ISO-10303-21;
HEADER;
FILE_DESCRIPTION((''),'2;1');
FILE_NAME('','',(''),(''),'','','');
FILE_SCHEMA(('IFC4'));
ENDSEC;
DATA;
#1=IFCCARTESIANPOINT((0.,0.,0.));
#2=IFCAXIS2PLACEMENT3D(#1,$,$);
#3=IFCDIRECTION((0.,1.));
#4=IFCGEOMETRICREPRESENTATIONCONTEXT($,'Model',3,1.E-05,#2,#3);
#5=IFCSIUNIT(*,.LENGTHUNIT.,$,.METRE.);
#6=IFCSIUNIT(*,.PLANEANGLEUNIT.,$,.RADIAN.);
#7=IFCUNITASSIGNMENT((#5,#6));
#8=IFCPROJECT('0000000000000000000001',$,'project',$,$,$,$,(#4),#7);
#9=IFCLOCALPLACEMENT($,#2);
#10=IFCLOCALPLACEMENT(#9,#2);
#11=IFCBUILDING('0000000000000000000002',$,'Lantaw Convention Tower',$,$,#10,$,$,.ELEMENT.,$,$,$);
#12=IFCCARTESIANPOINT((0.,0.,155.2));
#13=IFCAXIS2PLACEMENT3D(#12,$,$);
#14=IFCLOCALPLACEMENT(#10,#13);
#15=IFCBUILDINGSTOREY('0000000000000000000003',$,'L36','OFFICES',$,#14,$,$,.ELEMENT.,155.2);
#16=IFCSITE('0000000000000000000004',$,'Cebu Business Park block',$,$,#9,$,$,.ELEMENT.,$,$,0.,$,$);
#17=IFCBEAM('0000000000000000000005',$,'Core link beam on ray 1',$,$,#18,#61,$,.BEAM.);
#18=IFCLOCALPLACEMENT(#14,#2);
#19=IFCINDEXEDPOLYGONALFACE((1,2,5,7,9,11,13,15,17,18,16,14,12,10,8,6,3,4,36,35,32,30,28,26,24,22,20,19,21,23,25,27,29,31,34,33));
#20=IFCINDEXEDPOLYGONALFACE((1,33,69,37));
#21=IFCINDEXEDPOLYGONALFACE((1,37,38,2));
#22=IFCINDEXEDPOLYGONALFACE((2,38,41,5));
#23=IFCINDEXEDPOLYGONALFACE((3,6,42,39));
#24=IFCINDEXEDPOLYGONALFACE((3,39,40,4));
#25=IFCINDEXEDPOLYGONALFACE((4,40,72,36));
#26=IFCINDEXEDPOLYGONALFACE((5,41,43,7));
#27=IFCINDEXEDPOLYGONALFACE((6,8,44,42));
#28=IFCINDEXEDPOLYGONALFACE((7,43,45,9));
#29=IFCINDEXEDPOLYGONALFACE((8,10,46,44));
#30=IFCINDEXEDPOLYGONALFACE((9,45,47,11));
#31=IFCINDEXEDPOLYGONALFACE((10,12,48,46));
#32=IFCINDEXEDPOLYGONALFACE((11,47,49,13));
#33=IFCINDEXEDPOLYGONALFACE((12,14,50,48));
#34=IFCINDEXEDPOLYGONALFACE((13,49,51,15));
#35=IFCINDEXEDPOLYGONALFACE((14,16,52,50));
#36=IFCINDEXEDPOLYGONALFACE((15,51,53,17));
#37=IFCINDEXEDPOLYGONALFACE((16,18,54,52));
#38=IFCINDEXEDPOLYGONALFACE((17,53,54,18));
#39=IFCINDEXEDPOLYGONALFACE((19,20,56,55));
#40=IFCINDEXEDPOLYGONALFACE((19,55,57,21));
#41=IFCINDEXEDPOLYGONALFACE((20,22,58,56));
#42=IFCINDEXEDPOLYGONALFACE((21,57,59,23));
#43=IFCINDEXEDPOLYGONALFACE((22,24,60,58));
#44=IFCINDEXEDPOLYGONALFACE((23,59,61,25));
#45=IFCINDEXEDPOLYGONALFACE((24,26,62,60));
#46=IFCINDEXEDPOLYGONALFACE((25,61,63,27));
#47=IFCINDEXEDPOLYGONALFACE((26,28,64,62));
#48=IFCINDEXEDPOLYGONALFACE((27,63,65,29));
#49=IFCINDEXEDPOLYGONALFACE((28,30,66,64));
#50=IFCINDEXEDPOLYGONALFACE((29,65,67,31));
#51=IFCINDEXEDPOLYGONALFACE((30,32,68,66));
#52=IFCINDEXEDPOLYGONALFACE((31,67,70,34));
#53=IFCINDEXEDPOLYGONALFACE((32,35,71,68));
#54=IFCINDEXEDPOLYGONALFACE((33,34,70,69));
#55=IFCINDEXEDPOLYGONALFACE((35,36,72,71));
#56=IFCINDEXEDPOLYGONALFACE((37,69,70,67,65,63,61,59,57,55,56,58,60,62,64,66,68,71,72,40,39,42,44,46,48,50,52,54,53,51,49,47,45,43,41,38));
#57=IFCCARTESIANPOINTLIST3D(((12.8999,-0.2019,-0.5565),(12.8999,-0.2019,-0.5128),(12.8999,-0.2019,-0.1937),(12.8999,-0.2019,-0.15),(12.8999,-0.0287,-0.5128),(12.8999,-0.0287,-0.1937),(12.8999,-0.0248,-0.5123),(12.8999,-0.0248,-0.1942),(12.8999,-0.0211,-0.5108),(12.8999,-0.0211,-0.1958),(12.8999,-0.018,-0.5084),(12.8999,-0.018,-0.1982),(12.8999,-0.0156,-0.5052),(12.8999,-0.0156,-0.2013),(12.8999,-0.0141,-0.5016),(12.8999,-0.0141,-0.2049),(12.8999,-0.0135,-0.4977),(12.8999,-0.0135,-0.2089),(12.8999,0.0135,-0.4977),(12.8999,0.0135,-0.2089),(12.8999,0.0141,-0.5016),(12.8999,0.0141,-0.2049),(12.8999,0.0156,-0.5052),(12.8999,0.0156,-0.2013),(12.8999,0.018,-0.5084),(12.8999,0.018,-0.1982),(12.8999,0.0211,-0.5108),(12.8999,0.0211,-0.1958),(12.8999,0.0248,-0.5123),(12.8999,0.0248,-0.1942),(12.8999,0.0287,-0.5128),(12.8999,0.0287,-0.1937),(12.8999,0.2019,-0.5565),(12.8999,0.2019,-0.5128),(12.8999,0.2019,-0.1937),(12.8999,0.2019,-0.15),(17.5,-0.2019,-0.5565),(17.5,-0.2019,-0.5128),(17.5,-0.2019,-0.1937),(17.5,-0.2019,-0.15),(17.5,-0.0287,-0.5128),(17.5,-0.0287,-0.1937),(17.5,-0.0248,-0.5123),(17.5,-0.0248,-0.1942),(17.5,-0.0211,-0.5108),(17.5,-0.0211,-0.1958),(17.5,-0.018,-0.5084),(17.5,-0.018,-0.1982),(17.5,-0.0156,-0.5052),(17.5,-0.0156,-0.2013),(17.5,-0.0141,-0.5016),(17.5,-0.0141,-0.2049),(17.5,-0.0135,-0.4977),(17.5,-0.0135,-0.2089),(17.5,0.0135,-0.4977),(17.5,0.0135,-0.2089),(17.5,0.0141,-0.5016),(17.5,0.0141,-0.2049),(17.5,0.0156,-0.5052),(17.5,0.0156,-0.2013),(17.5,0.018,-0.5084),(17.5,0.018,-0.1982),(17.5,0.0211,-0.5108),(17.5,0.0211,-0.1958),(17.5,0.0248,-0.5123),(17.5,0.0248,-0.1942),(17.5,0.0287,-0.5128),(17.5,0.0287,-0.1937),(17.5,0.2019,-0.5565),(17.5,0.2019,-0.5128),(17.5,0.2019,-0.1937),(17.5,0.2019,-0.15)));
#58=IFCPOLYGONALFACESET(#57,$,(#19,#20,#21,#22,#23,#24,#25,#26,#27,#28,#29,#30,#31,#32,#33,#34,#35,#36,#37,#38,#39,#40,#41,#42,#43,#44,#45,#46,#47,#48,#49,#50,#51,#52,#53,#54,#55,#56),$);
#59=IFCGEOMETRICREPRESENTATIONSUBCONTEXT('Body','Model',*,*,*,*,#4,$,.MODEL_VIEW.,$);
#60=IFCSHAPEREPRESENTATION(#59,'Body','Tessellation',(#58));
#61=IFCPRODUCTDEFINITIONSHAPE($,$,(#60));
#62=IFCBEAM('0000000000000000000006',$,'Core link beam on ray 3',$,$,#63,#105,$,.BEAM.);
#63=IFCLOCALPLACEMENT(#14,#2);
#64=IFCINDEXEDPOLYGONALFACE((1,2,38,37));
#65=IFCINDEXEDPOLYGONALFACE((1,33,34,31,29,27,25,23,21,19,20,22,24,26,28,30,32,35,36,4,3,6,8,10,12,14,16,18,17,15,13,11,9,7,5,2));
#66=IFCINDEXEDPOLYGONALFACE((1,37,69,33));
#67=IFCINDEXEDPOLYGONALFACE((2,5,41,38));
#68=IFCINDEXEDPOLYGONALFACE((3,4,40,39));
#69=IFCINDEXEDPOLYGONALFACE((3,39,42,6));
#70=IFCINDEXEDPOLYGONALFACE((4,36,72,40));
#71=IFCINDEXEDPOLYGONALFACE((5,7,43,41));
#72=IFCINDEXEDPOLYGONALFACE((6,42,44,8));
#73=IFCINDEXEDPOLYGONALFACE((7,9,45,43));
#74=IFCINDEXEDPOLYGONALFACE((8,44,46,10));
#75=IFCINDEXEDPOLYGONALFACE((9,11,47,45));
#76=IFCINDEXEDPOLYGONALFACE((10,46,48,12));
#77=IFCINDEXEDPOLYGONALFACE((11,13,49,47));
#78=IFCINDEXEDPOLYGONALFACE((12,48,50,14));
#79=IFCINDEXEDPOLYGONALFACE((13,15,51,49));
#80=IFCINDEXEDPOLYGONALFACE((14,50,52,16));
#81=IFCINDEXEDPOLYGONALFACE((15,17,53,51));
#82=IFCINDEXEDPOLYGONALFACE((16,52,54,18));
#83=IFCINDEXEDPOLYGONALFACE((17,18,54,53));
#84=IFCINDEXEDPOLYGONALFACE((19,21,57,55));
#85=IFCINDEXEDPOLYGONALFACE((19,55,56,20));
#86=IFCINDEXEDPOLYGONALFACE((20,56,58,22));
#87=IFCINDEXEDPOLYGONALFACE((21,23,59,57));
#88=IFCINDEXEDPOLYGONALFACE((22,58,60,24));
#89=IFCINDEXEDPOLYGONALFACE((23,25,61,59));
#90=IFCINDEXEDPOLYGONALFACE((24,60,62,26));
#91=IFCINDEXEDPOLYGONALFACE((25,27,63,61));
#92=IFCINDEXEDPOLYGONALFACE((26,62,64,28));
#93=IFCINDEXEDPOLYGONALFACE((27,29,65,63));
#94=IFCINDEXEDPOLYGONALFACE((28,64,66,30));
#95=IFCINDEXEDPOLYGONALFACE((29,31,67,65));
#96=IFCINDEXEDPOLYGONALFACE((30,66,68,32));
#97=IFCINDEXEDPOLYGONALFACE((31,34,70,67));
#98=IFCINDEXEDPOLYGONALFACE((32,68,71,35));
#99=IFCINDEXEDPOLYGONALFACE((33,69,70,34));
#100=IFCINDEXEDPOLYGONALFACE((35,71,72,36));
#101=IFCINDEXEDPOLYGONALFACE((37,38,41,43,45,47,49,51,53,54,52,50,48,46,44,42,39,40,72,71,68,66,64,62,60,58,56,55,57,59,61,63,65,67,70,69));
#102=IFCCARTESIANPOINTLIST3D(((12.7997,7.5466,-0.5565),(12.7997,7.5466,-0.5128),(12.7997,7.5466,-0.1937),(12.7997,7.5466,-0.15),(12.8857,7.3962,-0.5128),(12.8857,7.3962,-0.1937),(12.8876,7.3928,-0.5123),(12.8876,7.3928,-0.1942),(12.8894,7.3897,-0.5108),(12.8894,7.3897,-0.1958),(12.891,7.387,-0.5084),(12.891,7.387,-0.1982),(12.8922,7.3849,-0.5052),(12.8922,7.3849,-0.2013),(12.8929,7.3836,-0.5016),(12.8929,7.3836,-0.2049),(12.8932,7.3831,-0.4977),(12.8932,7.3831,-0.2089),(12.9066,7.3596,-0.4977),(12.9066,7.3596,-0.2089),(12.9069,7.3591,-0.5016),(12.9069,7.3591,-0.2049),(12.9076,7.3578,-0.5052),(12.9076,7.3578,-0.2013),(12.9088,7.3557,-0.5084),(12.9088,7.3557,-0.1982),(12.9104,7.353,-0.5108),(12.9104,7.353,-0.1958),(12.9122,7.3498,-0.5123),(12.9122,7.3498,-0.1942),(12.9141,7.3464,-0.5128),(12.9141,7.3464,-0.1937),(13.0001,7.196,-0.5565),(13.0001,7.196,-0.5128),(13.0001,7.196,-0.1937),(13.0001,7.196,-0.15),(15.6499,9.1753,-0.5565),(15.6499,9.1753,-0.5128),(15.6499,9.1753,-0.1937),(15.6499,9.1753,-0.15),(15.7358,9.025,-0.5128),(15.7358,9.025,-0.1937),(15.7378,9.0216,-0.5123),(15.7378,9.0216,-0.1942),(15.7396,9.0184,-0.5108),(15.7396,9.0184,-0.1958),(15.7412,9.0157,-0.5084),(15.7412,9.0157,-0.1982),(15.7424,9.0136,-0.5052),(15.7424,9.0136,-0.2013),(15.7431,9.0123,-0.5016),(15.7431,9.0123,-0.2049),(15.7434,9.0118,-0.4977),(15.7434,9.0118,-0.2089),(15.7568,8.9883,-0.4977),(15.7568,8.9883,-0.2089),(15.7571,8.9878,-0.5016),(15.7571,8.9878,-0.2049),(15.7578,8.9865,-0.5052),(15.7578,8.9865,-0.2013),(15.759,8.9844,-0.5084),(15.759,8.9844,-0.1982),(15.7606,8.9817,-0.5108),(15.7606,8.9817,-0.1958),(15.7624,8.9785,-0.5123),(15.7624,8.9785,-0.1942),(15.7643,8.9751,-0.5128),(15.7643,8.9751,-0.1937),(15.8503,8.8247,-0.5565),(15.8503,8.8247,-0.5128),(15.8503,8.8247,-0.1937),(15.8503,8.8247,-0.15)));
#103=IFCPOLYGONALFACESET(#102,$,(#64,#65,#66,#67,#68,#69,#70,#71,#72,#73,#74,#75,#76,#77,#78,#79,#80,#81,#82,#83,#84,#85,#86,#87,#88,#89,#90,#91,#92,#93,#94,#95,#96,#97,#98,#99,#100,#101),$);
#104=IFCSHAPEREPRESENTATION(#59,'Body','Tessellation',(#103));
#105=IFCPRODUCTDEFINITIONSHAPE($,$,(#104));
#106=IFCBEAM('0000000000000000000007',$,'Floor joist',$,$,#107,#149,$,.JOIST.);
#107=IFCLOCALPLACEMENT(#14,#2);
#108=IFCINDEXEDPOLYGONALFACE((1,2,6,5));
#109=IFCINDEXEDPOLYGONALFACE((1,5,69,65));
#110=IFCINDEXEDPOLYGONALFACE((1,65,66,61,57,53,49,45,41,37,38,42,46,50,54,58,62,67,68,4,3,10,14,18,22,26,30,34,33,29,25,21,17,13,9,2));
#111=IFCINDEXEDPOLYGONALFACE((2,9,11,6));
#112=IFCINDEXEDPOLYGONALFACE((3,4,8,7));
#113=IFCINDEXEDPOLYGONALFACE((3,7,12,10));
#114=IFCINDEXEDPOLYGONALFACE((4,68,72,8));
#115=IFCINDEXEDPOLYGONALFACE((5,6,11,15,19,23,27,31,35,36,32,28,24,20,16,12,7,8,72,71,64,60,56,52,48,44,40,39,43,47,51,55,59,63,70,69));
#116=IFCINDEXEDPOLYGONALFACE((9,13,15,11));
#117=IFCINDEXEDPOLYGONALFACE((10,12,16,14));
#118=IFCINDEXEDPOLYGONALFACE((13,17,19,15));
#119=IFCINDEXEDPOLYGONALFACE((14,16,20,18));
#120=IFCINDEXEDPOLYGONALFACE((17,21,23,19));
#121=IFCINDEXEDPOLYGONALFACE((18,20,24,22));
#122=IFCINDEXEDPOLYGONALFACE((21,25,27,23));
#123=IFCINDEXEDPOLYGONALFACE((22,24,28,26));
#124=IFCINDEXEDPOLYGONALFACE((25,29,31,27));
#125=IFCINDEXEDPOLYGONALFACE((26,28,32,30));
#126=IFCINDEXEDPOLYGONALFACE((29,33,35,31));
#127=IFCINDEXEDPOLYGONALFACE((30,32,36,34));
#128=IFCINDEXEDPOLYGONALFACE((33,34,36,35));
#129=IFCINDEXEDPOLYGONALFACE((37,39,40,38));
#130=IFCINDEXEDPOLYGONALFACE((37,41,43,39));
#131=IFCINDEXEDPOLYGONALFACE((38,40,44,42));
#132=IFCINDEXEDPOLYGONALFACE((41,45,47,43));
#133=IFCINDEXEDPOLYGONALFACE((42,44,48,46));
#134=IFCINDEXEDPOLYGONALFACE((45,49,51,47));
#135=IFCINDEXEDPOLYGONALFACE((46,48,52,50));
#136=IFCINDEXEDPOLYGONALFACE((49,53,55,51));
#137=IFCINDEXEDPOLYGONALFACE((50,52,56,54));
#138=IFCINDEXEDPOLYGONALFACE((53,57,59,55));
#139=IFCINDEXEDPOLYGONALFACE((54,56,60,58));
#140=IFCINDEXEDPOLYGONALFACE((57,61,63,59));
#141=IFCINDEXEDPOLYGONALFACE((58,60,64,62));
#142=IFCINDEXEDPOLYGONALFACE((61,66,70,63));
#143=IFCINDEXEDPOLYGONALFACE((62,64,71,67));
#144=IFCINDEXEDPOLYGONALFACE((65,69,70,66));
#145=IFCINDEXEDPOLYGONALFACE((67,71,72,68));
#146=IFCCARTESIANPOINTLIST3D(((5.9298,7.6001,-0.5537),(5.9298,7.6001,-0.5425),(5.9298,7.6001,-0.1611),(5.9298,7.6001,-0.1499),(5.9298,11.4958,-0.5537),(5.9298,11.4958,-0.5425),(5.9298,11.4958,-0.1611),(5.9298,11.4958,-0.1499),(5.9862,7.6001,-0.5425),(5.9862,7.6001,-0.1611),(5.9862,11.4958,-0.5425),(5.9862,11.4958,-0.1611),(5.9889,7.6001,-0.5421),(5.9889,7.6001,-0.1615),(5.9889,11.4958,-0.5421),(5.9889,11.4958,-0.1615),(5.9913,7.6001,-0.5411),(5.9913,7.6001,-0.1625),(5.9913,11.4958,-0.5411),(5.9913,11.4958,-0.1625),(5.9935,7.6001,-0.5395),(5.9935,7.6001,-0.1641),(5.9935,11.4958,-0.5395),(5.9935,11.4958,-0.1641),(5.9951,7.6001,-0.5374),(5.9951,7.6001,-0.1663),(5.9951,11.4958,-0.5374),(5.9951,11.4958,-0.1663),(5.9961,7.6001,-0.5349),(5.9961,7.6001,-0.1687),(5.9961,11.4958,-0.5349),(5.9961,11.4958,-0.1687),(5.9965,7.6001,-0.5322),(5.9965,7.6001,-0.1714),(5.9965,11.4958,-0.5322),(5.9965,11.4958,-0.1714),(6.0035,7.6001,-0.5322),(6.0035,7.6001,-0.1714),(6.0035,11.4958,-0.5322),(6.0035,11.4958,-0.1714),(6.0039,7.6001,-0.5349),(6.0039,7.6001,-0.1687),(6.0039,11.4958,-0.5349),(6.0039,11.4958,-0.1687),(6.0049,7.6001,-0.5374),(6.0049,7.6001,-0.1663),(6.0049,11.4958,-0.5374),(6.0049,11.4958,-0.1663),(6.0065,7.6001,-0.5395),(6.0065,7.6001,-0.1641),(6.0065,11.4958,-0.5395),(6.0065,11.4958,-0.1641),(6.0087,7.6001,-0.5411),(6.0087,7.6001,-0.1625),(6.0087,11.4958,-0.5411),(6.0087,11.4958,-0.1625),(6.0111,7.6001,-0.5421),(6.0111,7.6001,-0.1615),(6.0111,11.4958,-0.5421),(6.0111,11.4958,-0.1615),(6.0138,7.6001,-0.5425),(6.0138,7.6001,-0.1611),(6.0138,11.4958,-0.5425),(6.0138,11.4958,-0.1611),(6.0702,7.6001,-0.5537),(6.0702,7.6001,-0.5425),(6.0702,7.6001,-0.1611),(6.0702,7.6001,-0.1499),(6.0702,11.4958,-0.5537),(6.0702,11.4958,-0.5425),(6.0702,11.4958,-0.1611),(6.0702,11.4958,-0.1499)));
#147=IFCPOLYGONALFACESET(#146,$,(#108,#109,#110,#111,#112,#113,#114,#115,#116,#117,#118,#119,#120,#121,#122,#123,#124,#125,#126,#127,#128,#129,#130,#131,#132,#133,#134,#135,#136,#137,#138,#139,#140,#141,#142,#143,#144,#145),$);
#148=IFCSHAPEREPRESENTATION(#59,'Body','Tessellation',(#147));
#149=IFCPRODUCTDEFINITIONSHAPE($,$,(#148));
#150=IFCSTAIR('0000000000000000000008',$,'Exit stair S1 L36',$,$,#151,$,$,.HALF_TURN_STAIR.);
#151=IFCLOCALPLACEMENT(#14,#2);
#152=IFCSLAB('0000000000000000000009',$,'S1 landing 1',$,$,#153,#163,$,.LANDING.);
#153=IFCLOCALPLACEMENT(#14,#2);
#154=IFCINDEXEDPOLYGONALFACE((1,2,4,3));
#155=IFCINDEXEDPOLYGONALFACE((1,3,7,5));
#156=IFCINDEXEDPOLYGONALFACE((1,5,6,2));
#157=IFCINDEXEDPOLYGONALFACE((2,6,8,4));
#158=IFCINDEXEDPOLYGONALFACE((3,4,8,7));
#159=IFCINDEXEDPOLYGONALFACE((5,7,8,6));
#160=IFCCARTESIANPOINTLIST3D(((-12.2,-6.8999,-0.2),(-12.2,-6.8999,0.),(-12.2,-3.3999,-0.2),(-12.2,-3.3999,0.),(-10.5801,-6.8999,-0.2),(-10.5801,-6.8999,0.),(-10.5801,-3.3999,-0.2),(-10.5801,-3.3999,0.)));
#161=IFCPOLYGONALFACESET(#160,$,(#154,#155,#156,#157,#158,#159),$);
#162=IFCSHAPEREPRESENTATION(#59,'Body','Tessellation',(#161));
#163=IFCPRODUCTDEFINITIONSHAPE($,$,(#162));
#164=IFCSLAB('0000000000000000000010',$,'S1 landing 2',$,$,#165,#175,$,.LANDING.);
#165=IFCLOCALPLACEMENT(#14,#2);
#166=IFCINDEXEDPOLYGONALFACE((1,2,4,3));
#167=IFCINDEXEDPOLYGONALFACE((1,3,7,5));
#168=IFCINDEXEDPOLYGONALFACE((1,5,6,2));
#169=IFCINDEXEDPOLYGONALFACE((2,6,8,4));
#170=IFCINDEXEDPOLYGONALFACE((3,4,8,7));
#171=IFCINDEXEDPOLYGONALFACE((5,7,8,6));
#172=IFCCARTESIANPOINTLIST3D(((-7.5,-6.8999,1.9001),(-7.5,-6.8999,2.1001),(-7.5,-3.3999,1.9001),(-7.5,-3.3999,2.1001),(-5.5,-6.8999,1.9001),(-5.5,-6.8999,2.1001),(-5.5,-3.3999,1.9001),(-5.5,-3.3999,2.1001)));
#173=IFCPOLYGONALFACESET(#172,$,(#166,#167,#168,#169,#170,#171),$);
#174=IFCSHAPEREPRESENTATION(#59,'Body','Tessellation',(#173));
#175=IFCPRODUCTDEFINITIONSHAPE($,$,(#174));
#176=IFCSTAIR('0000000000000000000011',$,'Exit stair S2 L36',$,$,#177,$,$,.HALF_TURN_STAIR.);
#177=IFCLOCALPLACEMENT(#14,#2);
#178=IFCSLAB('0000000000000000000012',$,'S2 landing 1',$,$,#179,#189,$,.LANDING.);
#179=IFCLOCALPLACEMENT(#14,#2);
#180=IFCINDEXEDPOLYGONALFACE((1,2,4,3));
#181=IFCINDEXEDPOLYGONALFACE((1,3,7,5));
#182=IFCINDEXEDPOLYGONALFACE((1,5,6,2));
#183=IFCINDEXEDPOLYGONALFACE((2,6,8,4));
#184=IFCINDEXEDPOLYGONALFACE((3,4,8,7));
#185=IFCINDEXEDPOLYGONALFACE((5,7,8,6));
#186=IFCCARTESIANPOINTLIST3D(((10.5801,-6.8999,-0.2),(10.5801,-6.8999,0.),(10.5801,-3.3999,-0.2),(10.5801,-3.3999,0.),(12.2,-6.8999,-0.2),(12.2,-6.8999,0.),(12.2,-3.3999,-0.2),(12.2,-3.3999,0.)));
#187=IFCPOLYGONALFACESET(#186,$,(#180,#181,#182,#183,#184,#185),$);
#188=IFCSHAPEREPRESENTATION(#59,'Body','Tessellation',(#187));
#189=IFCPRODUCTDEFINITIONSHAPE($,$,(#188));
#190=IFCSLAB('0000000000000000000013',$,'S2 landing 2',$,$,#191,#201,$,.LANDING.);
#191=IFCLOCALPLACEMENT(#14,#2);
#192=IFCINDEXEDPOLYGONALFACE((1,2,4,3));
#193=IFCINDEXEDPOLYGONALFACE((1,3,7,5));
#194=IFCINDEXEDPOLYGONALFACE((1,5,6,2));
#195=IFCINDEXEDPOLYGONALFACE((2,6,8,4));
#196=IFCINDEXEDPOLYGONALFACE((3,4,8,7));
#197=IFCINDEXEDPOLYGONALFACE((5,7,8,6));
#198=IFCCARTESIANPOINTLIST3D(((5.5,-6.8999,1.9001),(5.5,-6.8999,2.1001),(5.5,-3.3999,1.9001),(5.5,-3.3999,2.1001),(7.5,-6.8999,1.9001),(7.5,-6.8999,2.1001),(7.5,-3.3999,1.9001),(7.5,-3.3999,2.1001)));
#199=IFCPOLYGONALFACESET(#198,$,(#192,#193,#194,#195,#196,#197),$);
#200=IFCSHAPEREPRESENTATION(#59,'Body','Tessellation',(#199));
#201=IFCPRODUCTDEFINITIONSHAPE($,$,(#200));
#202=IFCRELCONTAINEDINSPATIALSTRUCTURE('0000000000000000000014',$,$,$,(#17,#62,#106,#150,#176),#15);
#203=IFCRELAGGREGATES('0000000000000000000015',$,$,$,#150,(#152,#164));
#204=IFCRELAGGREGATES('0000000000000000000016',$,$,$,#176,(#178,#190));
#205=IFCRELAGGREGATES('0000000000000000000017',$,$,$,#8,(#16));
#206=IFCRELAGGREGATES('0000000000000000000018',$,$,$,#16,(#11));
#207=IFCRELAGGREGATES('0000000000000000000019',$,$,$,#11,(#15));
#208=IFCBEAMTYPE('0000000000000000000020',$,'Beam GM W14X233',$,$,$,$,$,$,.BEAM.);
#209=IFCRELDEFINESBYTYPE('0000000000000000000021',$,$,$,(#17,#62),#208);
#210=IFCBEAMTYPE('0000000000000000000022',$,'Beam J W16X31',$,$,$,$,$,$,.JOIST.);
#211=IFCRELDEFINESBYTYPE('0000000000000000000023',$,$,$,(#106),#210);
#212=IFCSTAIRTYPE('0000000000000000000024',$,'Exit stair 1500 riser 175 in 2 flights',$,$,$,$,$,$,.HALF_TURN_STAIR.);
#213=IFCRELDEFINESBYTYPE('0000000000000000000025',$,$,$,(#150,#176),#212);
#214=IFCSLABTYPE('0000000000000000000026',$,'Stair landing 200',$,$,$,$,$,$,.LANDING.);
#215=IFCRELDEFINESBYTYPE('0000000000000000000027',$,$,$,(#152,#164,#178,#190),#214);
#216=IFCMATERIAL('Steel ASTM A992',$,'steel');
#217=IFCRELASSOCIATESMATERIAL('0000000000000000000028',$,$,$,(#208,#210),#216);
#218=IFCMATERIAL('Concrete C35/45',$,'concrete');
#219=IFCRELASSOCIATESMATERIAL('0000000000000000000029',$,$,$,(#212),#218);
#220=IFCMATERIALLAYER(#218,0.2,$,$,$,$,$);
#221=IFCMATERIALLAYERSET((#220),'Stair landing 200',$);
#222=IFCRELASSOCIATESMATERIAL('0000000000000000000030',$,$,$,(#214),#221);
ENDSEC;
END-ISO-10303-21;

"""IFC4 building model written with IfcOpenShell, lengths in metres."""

from ifc_helpers import new_model, si_unit, direction, frame, origin, origin_2d, place, context, subcontext, project, spatial, polyline, i_section, outline, extrude, material, layer, layer_set, material_profile, profile_set, type_object, element, aggregate, save


model = new_model("IFC4")

# Units and contexts
model_context = context("Model", 3, precision=1e-05, world=origin(), true_north=direction((0.0, 1.0)))
body_context = subcontext(model_context, "Body", "Model", "MODEL_VIEW")
ifc_project = project(units=[si_unit("LENGTHUNIT", "METRE"), si_unit("PLANEANGLEUNIT", "RADIAN")], contexts=[model_context])

# Site, building, storey
site_placement = place(None, origin())
site = spatial("IfcSite", under=ifc_project, at=site_placement, Name="Cebu Business Park block", CompositionType="ELEMENT", RefElevation=0.0)
building_placement = place(site_placement, origin())
building = spatial("IfcBuilding", under=site, at=building_placement, Name="Lantaw Convention Tower", CompositionType="ELEMENT")
storey_placement = place(building_placement, frame((0.0, 0.0, 155.2)))
storey = spatial("IfcBuildingStorey", under=building, at=storey_placement, Name="L36", Description="OFFICES", CompositionType="ELEMENT", Elevation=155.2)

# Beams
ifc_material_1 = material(Name="Steel ASTM A992", Category="steel")
ifc_material_profile_1 = material_profile(ifc_material_1, i_section(OverallWidth=0.4038, OverallDepth=0.4065, WebThickness=0.0271, FlangeThickness=0.0437, FilletRadius=0.0151, at=origin_2d()), Name="W14X233")
ifc_profile_set_1 = profile_set([ifc_material_profile_1], Name="Steel ASTM A992")
beam_type_1 = type_object("IfcBeamType", Name="Beam GM W14X233", PredefinedType="BEAM", material=ifc_profile_set_1)
beam_1_placement = place(storey_placement, frame((12.8999, 0.0, -0.3533), z_axis=(1.0, 0.0, 0.0), x_axis=(0.0, 1.0, 0.0)))
element("IfcBeam", 1, at=beam_1_placement, inside=storey, type_object=beam_type_1, Name="Core link beam on ray 1", PredefinedType="BEAM", context=body_context, shape_type="SweptSolid", body=[
    extrude(i_section(OverallWidth=0.4038, OverallDepth=0.4065, WebThickness=0.0271, FlangeThickness=0.0437, FilletRadius=0.0151, at=origin_2d()), origin(), (0.0, 0.0, 1.0), 4.6001),
])
beam_2_placement = place(storey_placement, frame((12.8999, 7.3713, -0.3533), z_axis=(0.868239, 0.496147, 0.0), x_axis=(-0.496147, 0.868239, 0.0)))
element("IfcBeam", 2, at=beam_2_placement, inside=storey, type_object=beam_type_1, Name="Core link beam on ray 3", PredefinedType="BEAM", context=body_context, shape_type="SweptSolid", body=[
    extrude(i_section(OverallWidth=0.4038, OverallDepth=0.4065, WebThickness=0.0271, FlangeThickness=0.0437, FilletRadius=0.0151, at=origin_2d()), origin(), (0.0, 0.0, 1.0), 3.2827),
])
ifc_material_profile_2 = material_profile(ifc_material_1, i_section(OverallWidth=0.1404, OverallDepth=0.4038, WebThickness=0.0071, FlangeThickness=0.0112, FilletRadius=0.0103, at=origin_2d()), Name="W16X31")
ifc_profile_set_2 = profile_set([ifc_material_profile_2], Name="Steel ASTM A992")
beam_type_2 = type_object("IfcBeamType", Name="Beam J W16X31", PredefinedType="JOIST", material=ifc_profile_set_2)
beam_3_placement = place(storey_placement, frame((6.0, 7.6001, -0.3518), z_axis=(0.0, 1.0, 0.0), x_axis=(-1.0, 0.0, 0.0)))
element("IfcBeam", 3, at=beam_3_placement, inside=storey, type_object=beam_type_2, Name="Floor joist", PredefinedType="JOIST", context=body_context, shape_type="SweptSolid", body=[
    extrude(i_section(OverallWidth=0.1404, OverallDepth=0.4038, WebThickness=0.0071, FlangeThickness=0.0112, FilletRadius=0.0103, at=origin_2d()), origin(), (0.0, 0.0, 1.0), 3.8958),
])

# Stairs, slabs
ifc_material_2 = material(Name="Concrete C35/45", Category="concrete")
stair_type = type_object("IfcStairType", Name="Exit stair 1500 riser 175 in 2 flights", PredefinedType="HALF_TURN_STAIR", material=ifc_material_2)
stair_1_placement = place(storey_placement, origin())
stair_1 = element("IfcStair", 4, at=stair_1_placement, inside=storey, type_object=stair_type, Name="Exit stair S1 L36", PredefinedType="HALF_TURN_STAIR")
ifc_layer_1 = layer(ifc_material_2, 0.2)
ifc_layer_set_1 = layer_set([ifc_layer_1], Name="Stair landing 200")
slab_type = type_object("IfcSlabType", Name="Stair landing 200", PredefinedType="LANDING", material=ifc_layer_set_1)
slab_1_placement = place(storey_placement, frame((0.0, 0.0, -0.2)))
slab_1 = element("IfcSlab", 5, at=slab_1_placement, type_object=slab_type, Name="S1 landing 1", PredefinedType="LANDING", context=body_context, shape_type="SweptSolid", body=[
    extrude(outline(polyline([(-12.2, -6.8999), (-10.5801, -6.8999), (-10.5801, -3.3999), (-12.2, -3.3999), (-12.2, -6.8999)])), origin(), (0.0, 0.0, 1.0), 0.2),
])
slab_2_placement = place(storey_placement, frame((0.0, 0.0, 1.9001)))
slab_2 = element("IfcSlab", 6, at=slab_2_placement, type_object=slab_type, Name="S1 landing 2", PredefinedType="LANDING", context=body_context, shape_type="SweptSolid", body=[
    extrude(outline(polyline([(-7.5, -6.8999), (-5.5, -6.8999), (-5.5, -3.3999), (-7.5, -3.3999), (-7.5, -6.8999)])), origin(), (0.0, 0.0, 1.0), 0.2),
])
aggregate(stair_1, [slab_1, slab_2])
stair_2_placement = place(storey_placement, origin())
stair_2 = element("IfcStair", 7, at=stair_2_placement, inside=storey, type_object=stair_type, Name="Exit stair S2 L36", PredefinedType="HALF_TURN_STAIR")
slab_3_placement = place(storey_placement, frame((0.0, 0.0, -0.2)))
slab_3 = element("IfcSlab", 8, at=slab_3_placement, type_object=slab_type, Name="S2 landing 1", PredefinedType="LANDING", context=body_context, shape_type="SweptSolid", body=[
    extrude(outline(polyline([(10.5801, -6.8999), (12.2, -6.8999), (12.2, -3.3999), (10.5801, -3.3999), (10.5801, -6.8999)])), origin(), (0.0, 0.0, 1.0), 0.2),
])
slab_4_placement = place(storey_placement, frame((0.0, 0.0, 1.9001)))
slab_4 = element("IfcSlab", 9, at=slab_4_placement, type_object=slab_type, Name="S2 landing 2", PredefinedType="LANDING", context=body_context, shape_type="SweptSolid", body=[
    extrude(outline(polyline([(5.5, -6.8999), (7.5, -6.8999), (7.5, -3.3999), (5.5, -3.3999), (5.5, -6.8999)])), origin(), (0.0, 0.0, 1.0), 0.2),
])
aggregate(stair_2, [slab_3, slab_4])

save(model, "model.ifc")
